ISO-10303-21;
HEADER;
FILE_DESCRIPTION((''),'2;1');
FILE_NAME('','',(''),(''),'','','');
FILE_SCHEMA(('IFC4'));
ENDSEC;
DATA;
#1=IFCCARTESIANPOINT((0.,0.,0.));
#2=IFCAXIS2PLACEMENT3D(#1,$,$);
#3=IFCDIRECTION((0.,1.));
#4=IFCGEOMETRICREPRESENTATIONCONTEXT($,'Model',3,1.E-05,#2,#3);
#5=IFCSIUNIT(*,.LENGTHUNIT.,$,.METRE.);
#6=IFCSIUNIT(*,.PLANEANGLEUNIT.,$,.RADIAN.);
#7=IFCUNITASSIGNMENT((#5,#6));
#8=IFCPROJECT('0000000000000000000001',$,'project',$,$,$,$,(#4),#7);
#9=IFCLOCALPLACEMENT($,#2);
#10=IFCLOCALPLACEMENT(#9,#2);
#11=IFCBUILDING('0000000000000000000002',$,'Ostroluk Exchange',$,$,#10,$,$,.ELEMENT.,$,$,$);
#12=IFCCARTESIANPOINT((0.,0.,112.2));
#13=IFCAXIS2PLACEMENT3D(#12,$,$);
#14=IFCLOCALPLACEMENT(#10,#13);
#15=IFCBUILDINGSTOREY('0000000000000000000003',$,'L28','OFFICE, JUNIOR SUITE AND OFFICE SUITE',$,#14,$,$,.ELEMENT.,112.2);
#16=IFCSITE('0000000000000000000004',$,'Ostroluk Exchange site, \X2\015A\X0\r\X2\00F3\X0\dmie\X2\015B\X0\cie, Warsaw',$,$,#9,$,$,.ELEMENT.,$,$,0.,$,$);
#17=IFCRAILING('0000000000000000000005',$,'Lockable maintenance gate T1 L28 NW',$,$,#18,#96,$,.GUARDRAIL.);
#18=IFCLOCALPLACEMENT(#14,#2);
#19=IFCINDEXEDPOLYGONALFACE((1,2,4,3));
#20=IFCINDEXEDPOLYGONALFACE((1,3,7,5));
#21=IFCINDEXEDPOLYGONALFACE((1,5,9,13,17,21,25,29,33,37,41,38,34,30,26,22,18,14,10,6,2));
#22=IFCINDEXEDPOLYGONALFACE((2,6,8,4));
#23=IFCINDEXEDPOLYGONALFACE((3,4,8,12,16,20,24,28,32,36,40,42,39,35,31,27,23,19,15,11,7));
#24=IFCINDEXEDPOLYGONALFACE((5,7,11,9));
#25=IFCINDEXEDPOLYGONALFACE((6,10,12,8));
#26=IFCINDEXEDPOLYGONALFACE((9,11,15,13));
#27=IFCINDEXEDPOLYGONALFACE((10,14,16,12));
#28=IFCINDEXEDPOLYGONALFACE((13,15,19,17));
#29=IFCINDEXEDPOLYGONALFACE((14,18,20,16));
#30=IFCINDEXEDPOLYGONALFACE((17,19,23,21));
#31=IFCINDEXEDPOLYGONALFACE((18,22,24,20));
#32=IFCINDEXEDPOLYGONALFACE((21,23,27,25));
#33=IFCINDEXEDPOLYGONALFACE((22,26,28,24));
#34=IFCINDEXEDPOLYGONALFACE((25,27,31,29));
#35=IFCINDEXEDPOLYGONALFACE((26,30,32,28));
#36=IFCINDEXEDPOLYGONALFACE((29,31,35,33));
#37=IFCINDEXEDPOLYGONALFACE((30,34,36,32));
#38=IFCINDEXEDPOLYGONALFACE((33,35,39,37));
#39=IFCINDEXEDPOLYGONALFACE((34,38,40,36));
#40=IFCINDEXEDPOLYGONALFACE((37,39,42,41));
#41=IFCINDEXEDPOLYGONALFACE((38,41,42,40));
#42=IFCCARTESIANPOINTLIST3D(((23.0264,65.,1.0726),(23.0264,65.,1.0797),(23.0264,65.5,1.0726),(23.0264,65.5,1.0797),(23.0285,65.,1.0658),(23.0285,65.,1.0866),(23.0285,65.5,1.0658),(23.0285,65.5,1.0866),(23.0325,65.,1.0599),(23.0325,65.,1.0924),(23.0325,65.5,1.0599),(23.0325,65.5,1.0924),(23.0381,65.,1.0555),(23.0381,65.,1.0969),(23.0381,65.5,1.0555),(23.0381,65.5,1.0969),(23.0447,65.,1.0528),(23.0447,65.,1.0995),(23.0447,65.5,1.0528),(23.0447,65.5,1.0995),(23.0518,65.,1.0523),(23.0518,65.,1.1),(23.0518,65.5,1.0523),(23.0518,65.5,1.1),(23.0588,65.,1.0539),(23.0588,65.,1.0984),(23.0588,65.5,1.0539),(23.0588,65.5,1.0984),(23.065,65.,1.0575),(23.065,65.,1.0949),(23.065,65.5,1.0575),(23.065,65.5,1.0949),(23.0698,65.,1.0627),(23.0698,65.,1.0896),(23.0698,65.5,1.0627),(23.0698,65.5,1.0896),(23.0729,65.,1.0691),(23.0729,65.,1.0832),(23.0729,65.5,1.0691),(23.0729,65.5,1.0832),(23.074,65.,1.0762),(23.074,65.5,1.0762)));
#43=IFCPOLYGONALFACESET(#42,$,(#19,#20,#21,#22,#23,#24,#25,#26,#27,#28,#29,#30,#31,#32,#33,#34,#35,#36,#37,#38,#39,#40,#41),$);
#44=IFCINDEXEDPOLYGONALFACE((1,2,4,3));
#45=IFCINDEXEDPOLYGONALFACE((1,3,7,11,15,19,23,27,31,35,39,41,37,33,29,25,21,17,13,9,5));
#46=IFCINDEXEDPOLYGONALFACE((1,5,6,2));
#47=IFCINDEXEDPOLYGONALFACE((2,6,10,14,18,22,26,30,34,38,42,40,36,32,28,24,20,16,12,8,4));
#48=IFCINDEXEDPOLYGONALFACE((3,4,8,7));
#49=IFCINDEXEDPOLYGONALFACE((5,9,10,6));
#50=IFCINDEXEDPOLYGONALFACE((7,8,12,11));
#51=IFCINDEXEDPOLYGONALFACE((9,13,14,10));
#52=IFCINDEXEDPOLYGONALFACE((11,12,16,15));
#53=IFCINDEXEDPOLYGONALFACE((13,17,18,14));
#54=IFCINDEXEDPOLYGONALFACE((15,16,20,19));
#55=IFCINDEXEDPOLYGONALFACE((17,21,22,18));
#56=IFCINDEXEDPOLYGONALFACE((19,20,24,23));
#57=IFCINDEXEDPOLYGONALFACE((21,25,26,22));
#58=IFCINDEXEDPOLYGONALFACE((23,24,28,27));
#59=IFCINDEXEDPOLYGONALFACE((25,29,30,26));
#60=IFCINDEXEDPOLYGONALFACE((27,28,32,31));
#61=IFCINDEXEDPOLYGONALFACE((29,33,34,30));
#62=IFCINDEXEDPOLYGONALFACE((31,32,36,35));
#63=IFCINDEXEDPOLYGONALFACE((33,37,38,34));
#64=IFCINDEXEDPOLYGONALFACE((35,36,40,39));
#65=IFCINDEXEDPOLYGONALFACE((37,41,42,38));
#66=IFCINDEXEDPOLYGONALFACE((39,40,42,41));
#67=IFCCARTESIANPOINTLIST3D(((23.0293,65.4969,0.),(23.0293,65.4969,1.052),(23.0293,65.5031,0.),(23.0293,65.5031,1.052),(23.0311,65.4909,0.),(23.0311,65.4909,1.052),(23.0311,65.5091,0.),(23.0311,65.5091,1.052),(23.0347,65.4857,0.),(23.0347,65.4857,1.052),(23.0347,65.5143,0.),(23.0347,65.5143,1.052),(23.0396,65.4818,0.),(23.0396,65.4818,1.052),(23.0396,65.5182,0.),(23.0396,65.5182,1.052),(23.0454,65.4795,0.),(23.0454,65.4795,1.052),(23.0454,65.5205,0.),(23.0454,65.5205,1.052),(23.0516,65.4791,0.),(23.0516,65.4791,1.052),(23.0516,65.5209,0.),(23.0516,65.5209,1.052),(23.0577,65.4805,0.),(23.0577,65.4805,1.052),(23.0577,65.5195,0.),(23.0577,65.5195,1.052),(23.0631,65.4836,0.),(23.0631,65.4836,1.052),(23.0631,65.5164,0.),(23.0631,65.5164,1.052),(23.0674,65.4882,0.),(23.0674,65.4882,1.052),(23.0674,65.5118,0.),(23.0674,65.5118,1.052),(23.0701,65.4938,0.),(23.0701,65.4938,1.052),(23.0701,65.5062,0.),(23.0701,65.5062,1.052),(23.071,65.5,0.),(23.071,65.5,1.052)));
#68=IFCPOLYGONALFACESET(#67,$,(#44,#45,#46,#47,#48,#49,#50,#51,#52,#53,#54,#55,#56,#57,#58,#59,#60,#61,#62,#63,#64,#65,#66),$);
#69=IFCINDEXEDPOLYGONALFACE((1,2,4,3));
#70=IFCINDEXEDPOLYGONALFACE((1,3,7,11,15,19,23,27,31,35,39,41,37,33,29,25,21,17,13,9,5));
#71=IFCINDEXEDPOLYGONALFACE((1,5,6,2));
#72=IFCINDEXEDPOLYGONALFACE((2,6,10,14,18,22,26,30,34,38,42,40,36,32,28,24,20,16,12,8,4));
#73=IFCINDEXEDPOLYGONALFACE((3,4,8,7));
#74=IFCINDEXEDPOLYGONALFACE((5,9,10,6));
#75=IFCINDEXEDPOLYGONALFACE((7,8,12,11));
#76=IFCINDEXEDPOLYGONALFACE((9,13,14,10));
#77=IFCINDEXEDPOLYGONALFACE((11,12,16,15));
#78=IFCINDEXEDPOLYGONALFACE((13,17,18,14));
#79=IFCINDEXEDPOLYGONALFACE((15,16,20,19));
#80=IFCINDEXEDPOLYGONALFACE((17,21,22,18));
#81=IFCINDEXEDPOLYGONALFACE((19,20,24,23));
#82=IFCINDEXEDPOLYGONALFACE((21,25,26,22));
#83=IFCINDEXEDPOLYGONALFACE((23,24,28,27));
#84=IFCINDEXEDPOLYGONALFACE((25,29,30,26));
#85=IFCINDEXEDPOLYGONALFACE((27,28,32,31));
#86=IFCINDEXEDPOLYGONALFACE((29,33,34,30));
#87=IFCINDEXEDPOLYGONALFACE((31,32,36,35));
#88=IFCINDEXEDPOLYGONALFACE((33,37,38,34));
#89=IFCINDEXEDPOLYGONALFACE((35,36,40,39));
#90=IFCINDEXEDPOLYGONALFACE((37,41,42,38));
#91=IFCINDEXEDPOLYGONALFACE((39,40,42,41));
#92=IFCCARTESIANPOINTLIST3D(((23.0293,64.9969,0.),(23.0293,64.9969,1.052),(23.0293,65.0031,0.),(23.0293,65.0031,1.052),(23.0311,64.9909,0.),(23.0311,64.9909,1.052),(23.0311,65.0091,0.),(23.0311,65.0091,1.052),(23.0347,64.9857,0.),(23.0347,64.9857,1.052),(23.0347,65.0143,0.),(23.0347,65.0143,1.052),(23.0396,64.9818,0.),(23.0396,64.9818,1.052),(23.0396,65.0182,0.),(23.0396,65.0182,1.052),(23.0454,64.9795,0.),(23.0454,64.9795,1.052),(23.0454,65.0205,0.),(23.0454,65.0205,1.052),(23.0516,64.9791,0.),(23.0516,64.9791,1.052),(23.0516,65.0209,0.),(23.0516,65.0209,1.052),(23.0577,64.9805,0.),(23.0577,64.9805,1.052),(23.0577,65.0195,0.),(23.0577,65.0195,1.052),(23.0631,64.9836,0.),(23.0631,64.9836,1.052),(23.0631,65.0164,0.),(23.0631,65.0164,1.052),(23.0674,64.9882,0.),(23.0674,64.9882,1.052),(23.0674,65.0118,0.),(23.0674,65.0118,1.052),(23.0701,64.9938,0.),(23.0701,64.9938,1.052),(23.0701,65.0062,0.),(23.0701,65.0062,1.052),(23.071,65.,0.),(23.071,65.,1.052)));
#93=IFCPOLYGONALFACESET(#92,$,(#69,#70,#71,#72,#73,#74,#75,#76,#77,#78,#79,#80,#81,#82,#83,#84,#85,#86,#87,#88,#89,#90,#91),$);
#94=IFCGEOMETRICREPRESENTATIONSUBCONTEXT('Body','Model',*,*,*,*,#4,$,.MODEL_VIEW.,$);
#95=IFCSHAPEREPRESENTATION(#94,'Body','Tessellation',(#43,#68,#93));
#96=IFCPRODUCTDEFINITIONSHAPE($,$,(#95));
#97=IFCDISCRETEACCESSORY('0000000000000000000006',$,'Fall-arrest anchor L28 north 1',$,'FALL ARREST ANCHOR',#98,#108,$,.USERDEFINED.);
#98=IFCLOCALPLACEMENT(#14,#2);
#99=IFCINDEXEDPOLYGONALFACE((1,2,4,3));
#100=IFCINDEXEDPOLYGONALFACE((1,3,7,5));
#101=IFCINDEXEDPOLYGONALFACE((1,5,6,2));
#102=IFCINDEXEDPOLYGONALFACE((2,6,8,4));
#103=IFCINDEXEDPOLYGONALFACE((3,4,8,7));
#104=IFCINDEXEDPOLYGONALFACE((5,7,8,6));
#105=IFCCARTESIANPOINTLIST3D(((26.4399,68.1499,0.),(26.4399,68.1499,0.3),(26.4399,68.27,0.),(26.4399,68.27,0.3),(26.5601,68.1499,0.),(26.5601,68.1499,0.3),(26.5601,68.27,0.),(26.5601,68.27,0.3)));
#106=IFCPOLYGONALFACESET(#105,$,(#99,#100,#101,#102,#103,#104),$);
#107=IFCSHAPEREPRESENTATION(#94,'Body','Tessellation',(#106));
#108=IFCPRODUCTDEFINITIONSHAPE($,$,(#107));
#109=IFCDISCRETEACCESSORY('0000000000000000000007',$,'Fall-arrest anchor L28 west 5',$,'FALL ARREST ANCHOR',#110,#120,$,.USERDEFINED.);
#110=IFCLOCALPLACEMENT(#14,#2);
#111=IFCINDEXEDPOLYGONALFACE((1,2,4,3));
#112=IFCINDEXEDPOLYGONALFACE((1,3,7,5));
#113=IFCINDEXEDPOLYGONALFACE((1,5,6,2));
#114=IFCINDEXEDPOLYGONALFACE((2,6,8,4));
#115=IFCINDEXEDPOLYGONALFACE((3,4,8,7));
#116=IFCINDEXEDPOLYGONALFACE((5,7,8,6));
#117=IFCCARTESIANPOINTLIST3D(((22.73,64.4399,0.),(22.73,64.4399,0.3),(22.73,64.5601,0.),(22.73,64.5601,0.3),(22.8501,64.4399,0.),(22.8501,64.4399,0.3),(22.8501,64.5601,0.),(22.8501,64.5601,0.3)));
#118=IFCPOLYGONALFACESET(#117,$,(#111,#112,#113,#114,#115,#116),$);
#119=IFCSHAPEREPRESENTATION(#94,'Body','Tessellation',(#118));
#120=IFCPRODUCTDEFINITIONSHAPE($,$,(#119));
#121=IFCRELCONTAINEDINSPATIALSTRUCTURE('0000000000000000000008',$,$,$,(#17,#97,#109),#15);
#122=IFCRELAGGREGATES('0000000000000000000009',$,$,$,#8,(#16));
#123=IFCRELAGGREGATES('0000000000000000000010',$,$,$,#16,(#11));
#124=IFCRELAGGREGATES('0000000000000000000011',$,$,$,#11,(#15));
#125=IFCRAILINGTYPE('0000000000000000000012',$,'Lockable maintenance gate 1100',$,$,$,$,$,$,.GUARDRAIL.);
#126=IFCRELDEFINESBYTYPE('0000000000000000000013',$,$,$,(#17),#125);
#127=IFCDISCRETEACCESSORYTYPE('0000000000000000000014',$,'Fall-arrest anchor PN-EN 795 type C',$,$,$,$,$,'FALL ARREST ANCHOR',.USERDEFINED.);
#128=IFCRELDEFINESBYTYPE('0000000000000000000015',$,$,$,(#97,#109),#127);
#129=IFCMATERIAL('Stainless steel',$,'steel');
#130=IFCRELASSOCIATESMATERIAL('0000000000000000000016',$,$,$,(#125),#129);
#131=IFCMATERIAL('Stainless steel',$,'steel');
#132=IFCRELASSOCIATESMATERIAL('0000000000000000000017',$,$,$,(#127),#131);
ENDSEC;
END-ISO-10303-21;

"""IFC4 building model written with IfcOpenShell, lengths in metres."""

from ifc_helpers import new_model, si_unit, direction, frame, origin, origin_2d, place, context, subcontext, project, spatial, rectangle, circle, extrude, material, type_object, element, save


model = new_model("IFC4")

# Units and contexts
model_context = context("Model", 3, precision=1e-05, world=origin(), true_north=direction((0.0, 1.0)))
body_context = subcontext(model_context, "Body", "Model", "MODEL_VIEW")
ifc_project = project(units=[si_unit("LENGTHUNIT", "METRE"), si_unit("PLANEANGLEUNIT", "RADIAN")], contexts=[model_context])

# Site, building, storey
site_placement = place(None, origin())
site = spatial("IfcSite", under=ifc_project, at=site_placement, Name="Ostroluk Exchange site, Śródmieście, Warsaw", CompositionType="ELEMENT", RefElevation=0.0)
building_placement = place(site_placement, origin())
building = spatial("IfcBuilding", under=site, at=building_placement, Name="Ostroluk Exchange", CompositionType="ELEMENT")
storey_placement = place(building_placement, frame((0.0, 0.0, 112.2)))
storey = spatial("IfcBuildingStorey", under=building, at=storey_placement, Name="L28", Description="OFFICE, JUNIOR SUITE AND OFFICE SUITE", CompositionType="ELEMENT", Elevation=112.2)

# Railing
ifc_material_1 = material(Name="Stainless steel", Category="steel")
railing_type_1 = type_object("IfcRailingType", Name="Lockable maintenance gate 1100", PredefinedType="GUARDRAIL", material=ifc_material_1)
railing_1_placement = place(storey_placement, frame((23.05, 65.5, 0.0)))
element("IfcRailing", 1, at=railing_1_placement, inside=storey, type_object=railing_type_1, Name="Lockable maintenance gate T1 L28 NW", PredefinedType="GUARDRAIL", context=body_context, shape_type="SweptSolid", body=[
    extrude(circle(Radius=0.0239, at=origin_2d()), frame((0.0, 0.0, 1.0762), z_axis=(0.0, -1.0, 0.0), x_axis=(1.0, 0.0, 0.0)), (0.0, 0.0, 1.0), 0.5),
    extrude(circle(Radius=0.021, at=origin_2d()), origin(), (0.0, 0.0, 1.0), 1.052),
    extrude(circle(Radius=0.021, at=origin_2d()), frame((0.0, -0.5, 0.0)), (0.0, 0.0, 1.0), 1.052),
])

# Discrete accessories
ifc_material_2 = material(Name="Stainless steel", Category="steel")
discrete_accessory_type = type_object("IfcDiscreteAccessoryType", Name="Fall-arrest anchor PN-EN 795 type C", ElementType="FALL ARREST ANCHOR", PredefinedType="USERDEFINED", material=ifc_material_2)
for number, where, z_axis, x_axis, name in (
    (2, (26.5, 68.21, 0.0), (0.0, 0.0, 1.0), (1.0, 0.0, 0.0), "Fall-arrest anchor L28 north 1"),
    (3, (22.79, 64.5, 0.0), (0.0, 0.0, 1.0), (1.0, 0.0, 0.0), "Fall-arrest anchor L28 west 5"),
):
    element("IfcDiscreteAccessory", number, at=place(storey_placement, frame(where, z_axis=z_axis, x_axis=x_axis)), inside=storey, type_object=discrete_accessory_type, Name=name, ObjectType="FALL ARREST ANCHOR", PredefinedType="USERDEFINED", context=body_context, shape_type="SweptSolid", body=[
        extrude(rectangle(XDim=0.1201, YDim=0.1201, at=origin_2d()), origin(), (0.0, 0.0, 1.0), 0.3),
    ])

save(model, "model.ifc")
